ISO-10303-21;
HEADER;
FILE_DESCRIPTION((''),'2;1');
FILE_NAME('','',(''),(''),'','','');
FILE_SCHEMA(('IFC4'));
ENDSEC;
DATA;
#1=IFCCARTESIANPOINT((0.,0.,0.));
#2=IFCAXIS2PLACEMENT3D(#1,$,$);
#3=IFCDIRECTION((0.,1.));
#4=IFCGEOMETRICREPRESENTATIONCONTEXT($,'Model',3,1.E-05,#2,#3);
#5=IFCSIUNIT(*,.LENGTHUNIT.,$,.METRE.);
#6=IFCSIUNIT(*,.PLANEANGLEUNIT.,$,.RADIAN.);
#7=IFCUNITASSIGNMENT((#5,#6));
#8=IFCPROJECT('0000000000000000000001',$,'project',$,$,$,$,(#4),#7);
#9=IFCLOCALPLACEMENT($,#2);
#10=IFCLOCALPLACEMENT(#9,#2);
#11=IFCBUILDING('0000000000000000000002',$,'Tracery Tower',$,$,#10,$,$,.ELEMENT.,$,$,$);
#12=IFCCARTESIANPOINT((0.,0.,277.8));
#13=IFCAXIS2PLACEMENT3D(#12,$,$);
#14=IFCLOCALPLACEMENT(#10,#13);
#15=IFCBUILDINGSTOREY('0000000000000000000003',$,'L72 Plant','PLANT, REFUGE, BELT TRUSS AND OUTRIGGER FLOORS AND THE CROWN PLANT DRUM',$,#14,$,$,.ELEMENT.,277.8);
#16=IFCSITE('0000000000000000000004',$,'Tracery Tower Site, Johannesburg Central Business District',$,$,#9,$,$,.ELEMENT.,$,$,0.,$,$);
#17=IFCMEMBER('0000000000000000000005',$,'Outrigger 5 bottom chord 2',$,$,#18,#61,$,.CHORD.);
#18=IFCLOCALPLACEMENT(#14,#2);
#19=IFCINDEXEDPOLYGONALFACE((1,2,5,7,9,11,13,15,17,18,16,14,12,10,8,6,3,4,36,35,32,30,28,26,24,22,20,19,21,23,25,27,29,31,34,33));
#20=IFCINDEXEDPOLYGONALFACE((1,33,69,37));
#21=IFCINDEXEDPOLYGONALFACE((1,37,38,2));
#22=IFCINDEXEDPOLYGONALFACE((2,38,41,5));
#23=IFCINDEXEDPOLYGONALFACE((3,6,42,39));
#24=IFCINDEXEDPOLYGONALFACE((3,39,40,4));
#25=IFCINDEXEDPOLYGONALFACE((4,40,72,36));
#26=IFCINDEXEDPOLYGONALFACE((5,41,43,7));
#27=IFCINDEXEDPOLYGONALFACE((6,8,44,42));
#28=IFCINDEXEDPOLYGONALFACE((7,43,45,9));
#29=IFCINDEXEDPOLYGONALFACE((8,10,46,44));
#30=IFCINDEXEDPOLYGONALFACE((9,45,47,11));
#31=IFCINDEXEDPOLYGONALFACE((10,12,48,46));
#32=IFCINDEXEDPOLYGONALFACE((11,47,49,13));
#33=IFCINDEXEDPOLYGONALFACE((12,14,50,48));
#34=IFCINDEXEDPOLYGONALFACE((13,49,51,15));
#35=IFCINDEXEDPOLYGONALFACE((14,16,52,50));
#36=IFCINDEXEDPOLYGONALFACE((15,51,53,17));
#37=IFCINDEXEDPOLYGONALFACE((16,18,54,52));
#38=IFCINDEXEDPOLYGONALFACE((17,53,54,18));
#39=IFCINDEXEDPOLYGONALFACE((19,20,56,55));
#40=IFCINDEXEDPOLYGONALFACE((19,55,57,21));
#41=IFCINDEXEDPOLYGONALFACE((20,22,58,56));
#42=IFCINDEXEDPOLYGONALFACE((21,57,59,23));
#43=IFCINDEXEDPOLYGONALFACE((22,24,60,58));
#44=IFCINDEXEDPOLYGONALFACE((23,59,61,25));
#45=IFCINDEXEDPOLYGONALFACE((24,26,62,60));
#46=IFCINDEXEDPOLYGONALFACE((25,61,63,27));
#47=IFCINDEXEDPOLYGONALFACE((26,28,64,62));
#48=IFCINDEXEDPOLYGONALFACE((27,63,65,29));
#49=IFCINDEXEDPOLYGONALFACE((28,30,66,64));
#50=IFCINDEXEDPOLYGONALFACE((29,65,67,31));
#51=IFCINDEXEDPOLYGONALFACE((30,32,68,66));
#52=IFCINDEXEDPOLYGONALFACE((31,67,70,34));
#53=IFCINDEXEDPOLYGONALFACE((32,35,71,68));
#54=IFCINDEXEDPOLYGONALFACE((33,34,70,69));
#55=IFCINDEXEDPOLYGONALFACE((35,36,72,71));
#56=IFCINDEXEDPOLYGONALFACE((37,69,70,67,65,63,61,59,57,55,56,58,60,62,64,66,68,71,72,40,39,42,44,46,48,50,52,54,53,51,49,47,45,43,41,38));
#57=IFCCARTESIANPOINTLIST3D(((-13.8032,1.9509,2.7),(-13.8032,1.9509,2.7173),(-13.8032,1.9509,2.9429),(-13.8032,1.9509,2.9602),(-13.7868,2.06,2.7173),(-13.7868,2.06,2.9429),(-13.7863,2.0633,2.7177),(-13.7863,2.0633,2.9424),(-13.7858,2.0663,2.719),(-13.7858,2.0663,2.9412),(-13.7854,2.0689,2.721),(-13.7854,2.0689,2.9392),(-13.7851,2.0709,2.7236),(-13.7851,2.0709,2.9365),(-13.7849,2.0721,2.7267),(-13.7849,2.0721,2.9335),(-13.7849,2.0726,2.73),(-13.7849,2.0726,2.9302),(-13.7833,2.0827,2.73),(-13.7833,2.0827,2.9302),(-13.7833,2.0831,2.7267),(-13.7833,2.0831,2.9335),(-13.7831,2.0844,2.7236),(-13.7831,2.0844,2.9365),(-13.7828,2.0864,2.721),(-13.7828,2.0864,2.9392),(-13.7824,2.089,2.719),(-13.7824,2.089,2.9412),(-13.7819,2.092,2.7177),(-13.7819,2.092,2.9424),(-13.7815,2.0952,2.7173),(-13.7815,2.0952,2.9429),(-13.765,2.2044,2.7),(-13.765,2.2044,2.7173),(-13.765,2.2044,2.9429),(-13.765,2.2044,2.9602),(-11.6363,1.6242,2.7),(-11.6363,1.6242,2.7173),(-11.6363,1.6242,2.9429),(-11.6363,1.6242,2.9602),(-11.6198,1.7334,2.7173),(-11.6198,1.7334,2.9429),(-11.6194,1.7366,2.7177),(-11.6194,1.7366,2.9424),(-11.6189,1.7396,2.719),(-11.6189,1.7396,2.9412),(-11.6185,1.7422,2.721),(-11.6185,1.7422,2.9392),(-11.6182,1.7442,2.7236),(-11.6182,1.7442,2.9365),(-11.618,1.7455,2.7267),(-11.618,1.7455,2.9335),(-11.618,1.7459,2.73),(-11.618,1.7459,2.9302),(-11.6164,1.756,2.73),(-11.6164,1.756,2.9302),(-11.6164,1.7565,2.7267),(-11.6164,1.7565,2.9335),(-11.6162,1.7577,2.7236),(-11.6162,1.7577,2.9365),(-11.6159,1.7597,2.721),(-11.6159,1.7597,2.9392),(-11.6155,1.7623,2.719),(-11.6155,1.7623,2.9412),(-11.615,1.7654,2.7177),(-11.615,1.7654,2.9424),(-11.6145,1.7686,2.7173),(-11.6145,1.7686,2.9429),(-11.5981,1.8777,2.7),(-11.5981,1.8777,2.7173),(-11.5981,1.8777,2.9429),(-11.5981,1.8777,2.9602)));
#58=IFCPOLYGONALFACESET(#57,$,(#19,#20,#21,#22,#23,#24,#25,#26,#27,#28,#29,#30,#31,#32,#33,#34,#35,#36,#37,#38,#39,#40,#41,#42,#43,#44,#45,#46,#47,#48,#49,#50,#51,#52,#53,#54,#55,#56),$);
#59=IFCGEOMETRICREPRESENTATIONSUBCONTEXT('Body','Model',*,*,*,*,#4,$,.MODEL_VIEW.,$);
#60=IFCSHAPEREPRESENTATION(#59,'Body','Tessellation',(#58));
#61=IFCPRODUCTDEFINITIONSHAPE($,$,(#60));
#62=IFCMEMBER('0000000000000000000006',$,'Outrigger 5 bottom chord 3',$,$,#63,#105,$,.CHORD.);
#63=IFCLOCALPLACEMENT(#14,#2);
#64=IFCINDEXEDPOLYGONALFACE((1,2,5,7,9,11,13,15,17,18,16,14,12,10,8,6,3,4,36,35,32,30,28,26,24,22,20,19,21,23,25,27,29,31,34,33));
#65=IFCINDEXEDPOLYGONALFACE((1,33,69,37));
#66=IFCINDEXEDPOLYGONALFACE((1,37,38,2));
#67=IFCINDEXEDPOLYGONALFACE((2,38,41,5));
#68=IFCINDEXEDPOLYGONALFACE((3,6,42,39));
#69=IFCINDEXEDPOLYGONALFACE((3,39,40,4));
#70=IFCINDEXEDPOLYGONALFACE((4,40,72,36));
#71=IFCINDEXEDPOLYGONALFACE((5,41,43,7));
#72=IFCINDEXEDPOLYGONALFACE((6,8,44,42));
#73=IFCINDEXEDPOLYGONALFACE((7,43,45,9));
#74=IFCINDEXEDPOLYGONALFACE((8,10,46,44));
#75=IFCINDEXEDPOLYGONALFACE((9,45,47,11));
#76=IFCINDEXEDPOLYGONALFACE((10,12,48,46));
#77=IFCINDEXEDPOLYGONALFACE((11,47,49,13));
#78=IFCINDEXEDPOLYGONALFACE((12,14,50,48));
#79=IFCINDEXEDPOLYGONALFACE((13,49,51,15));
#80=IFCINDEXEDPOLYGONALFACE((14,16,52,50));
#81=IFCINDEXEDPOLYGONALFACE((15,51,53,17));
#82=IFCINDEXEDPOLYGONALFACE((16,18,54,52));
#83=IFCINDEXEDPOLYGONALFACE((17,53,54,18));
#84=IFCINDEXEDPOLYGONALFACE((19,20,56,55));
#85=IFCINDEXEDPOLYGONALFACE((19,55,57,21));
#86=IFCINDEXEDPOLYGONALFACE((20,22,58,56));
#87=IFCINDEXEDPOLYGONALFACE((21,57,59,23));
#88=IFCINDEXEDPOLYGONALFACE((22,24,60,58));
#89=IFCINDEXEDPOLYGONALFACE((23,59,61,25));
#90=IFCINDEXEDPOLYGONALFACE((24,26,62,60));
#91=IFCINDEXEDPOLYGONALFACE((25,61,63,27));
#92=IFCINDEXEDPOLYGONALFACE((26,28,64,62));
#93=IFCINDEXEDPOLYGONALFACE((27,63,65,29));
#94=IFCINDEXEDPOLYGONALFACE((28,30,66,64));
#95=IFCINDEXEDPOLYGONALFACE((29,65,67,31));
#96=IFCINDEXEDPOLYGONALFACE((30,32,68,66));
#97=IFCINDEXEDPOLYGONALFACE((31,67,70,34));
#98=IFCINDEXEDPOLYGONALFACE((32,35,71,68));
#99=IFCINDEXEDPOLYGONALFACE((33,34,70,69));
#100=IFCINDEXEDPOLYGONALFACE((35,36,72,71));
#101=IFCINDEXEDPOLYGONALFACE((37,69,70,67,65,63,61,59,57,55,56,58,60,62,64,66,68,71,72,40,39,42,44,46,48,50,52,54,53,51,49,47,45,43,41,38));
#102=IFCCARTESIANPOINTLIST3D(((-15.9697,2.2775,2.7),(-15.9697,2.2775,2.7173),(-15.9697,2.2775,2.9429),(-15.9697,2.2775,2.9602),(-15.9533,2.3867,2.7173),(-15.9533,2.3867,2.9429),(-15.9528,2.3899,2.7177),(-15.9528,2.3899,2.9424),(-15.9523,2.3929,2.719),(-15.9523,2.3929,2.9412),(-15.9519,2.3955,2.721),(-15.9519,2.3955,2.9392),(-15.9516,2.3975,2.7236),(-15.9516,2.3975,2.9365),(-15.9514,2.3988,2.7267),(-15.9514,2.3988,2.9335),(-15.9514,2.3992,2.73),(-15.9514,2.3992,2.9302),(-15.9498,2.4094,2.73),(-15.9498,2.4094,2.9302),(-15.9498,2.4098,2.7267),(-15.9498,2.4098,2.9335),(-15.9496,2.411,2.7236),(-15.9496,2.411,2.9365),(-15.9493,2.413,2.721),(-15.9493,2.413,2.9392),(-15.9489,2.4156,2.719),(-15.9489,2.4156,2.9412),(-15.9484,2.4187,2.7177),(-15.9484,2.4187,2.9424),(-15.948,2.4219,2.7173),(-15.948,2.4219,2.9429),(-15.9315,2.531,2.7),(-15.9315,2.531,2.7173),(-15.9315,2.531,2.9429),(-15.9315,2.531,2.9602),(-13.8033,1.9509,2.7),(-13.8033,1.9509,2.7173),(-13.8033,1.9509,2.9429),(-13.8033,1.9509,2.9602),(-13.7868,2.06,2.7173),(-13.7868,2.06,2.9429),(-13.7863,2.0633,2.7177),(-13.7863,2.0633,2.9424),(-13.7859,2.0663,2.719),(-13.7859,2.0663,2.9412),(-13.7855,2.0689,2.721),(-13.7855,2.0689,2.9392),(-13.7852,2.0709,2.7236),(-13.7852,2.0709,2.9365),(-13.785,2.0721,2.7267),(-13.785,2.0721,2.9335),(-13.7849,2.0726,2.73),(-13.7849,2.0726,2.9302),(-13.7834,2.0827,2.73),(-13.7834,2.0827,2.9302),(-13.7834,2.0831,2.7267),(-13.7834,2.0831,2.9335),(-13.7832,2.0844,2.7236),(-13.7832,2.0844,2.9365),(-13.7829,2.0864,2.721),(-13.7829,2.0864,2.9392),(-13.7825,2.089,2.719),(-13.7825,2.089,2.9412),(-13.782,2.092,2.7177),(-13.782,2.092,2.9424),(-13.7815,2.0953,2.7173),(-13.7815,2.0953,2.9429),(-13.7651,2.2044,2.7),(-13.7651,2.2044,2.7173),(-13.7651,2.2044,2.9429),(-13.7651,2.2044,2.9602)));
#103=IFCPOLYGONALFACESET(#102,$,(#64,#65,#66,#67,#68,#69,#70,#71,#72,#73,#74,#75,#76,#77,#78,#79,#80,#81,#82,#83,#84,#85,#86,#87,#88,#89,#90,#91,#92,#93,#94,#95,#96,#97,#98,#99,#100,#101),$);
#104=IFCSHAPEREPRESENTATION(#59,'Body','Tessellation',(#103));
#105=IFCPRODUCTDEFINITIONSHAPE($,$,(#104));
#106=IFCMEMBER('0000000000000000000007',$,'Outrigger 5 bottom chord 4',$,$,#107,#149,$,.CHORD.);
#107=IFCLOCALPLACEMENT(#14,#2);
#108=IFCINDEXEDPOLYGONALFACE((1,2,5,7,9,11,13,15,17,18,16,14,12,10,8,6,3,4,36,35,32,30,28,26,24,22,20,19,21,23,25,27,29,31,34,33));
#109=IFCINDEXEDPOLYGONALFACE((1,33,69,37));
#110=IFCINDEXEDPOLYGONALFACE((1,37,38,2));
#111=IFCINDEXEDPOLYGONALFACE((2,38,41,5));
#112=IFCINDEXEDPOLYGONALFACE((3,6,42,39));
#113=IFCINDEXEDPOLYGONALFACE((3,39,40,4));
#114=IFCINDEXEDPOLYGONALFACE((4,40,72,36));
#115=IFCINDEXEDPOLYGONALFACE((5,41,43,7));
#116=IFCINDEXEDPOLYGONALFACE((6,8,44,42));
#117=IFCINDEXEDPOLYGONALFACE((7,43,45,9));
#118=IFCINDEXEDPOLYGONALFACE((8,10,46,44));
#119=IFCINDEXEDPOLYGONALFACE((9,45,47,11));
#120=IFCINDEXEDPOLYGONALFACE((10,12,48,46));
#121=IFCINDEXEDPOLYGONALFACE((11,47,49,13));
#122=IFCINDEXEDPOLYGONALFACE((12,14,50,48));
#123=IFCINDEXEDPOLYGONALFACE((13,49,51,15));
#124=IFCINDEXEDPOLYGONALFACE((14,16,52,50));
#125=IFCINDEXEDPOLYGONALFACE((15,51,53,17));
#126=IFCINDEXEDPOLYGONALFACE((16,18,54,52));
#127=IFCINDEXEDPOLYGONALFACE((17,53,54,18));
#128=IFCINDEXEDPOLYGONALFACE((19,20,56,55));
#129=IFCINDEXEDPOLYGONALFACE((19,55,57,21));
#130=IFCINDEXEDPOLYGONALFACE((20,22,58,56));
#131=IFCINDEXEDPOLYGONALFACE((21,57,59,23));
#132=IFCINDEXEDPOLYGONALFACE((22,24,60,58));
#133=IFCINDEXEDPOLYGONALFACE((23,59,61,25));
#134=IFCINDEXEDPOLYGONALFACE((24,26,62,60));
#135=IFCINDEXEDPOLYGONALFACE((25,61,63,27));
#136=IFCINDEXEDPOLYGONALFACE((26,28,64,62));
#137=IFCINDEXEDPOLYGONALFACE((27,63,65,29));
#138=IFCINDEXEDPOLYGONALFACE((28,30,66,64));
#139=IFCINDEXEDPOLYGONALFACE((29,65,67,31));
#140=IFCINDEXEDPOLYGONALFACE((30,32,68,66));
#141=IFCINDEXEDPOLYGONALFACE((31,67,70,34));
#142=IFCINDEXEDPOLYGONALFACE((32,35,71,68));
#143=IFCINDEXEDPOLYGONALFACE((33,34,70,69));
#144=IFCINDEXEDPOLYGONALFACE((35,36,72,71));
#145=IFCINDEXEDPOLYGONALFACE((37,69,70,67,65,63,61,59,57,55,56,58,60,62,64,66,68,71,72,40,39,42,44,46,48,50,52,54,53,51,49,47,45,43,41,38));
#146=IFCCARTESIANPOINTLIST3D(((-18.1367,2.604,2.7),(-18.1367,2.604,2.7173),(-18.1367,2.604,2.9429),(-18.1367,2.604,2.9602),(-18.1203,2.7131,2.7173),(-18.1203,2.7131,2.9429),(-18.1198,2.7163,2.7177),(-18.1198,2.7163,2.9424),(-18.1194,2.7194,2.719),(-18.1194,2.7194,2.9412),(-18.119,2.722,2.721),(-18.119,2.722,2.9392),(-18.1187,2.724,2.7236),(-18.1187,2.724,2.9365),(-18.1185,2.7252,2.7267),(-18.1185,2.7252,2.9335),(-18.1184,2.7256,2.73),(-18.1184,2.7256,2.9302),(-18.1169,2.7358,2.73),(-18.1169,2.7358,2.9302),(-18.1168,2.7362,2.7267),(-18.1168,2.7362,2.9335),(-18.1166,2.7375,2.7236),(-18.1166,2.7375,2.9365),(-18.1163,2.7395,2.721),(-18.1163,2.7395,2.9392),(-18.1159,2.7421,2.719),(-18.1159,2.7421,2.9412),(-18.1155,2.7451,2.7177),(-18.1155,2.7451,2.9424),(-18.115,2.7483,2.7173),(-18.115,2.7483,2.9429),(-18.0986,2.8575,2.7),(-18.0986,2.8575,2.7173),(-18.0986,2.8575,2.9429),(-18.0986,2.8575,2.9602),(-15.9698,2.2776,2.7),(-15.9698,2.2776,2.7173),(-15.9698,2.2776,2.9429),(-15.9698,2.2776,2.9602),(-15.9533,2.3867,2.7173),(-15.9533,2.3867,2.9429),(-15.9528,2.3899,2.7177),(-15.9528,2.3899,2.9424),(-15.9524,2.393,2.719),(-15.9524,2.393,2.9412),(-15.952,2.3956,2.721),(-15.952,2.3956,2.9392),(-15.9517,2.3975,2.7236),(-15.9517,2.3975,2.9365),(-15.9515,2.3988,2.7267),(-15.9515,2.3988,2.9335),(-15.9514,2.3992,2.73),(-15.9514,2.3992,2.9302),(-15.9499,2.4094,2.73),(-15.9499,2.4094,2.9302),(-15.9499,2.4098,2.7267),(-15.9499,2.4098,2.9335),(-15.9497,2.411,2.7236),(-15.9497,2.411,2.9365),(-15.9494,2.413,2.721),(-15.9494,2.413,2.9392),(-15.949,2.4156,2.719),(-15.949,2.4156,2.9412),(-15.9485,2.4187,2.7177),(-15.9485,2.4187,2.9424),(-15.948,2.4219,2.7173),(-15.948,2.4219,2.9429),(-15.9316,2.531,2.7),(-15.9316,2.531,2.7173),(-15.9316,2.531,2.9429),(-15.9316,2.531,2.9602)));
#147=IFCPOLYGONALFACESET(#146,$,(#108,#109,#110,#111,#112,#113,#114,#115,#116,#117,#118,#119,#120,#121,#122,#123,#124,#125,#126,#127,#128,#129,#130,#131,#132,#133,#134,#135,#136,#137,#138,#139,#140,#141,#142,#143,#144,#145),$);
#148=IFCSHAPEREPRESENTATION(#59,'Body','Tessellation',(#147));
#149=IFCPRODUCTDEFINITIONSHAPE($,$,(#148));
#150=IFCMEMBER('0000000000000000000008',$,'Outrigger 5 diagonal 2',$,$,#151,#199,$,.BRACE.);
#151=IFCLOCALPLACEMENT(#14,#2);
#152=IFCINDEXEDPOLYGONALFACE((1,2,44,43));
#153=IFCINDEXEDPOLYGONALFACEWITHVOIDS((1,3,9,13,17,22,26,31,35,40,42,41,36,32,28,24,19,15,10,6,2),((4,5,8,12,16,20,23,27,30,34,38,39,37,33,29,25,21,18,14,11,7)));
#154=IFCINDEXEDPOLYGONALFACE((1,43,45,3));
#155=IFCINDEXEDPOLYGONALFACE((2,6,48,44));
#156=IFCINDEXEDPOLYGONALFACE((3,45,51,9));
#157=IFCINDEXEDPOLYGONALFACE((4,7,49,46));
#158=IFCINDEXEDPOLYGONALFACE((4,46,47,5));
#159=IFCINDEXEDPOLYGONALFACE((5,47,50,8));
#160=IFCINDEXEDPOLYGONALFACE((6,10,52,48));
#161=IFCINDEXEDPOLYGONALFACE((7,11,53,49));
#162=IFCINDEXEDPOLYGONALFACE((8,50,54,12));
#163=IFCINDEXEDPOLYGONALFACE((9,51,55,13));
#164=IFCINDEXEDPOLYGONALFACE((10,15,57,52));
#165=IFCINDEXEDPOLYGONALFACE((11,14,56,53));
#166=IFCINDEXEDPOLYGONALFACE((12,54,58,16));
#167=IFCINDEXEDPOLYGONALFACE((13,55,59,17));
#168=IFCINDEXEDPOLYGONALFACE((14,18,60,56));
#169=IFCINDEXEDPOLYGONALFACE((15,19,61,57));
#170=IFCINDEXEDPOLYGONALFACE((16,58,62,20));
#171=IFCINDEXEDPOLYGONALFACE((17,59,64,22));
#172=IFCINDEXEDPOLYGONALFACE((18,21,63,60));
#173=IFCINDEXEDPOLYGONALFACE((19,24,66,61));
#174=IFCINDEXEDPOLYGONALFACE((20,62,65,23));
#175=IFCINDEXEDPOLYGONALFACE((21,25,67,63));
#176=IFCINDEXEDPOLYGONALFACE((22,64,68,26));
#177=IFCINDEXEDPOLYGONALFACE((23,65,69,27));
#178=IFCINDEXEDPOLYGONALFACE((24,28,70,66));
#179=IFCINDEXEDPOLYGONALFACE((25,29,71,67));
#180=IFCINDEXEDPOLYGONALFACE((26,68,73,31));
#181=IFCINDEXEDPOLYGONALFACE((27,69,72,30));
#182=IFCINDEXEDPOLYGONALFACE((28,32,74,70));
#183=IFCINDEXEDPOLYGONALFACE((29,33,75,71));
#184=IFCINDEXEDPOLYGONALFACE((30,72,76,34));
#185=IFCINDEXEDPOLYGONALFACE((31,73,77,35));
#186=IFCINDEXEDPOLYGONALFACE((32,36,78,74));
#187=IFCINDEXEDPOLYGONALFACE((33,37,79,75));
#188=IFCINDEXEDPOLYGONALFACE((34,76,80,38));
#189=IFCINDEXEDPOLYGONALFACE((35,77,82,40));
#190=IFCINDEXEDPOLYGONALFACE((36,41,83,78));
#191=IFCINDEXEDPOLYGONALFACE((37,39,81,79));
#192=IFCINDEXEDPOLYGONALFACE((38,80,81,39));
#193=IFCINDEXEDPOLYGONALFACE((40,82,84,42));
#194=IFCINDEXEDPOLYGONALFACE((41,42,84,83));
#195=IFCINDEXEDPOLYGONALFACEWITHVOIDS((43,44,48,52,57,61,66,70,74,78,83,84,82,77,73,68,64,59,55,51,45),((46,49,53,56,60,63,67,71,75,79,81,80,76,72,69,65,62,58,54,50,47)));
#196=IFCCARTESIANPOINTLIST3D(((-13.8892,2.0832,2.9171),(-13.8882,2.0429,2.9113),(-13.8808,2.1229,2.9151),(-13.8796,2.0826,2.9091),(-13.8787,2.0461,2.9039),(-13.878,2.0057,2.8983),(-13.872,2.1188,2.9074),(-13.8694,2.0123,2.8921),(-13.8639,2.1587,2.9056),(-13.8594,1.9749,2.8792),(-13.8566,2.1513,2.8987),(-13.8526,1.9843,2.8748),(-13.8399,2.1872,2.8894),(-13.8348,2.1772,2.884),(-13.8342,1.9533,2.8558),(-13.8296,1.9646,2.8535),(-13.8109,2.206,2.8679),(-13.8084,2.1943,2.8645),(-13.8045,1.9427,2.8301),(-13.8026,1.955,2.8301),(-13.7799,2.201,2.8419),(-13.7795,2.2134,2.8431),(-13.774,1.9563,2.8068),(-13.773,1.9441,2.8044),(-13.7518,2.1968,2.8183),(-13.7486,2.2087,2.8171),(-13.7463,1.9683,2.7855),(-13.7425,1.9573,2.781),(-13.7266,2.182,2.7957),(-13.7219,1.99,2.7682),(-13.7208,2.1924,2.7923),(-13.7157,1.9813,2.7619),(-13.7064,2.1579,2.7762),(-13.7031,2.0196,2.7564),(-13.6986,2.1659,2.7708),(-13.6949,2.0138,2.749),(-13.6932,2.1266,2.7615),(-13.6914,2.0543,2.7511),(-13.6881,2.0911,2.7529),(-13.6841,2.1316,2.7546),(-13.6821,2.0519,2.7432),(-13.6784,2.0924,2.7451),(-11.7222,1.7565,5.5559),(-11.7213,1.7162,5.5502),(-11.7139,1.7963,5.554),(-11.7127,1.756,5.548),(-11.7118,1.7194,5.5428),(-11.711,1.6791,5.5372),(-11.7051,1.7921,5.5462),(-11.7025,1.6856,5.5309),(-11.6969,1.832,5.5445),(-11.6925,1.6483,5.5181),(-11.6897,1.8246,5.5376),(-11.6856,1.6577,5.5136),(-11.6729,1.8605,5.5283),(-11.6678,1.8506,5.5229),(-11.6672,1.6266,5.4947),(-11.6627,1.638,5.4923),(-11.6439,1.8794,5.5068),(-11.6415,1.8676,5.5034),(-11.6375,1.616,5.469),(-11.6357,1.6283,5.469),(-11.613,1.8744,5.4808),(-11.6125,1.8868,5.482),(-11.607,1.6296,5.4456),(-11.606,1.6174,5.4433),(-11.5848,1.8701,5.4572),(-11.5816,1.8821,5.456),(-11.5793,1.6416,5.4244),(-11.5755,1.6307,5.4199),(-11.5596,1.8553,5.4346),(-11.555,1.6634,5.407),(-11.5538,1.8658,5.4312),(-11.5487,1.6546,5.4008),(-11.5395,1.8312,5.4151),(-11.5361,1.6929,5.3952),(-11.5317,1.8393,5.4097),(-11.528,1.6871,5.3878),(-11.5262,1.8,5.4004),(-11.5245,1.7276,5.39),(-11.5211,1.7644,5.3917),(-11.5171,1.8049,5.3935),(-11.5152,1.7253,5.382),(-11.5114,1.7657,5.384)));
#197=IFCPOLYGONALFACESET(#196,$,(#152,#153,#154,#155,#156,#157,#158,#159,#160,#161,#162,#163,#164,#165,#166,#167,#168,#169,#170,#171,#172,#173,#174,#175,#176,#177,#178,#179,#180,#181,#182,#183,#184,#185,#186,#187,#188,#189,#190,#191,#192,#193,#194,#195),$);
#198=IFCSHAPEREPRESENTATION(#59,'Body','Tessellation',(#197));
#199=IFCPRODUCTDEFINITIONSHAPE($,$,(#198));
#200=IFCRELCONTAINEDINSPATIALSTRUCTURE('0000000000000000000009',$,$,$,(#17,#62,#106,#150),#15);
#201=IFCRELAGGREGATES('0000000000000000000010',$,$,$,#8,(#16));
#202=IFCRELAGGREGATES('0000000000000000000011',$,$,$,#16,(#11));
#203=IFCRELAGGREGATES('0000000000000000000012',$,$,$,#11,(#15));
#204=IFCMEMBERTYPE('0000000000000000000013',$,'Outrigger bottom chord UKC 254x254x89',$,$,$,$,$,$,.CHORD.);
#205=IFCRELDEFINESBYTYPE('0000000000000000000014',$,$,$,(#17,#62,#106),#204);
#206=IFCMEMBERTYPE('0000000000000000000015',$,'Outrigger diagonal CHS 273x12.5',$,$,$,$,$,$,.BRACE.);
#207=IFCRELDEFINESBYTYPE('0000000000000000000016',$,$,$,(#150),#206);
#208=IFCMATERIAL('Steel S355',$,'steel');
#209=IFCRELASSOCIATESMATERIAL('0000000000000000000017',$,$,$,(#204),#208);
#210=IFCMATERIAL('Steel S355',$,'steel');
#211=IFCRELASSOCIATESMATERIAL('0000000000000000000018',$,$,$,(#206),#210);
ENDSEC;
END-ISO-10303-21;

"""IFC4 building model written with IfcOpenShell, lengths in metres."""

from ifc_helpers import new_model, si_unit, direction, frame, origin, origin_2d, place, context, subcontext, project, spatial, hollow_circle, i_section, extrude, material, material_profile, profile_set, type_object, element, save


model = new_model("IFC4")

# Units and contexts
model_context = context("Model", 3, precision=1e-05, world=origin(), true_north=direction((0.0, 1.0)))
body_context = subcontext(model_context, "Body", "Model", "MODEL_VIEW")
ifc_project = project(units=[si_unit("LENGTHUNIT", "METRE"), si_unit("PLANEANGLEUNIT", "RADIAN")], contexts=[model_context])

# Site, building, storey
site_placement = place(None, origin())
site = spatial("IfcSite", under=ifc_project, at=site_placement, Name="Tracery Tower Site, Johannesburg Central Business District", CompositionType="ELEMENT", RefElevation=0.0)
building_placement = place(site_placement, origin())
building = spatial("IfcBuilding", under=site, at=building_placement, Name="Tracery Tower", CompositionType="ELEMENT")
storey_placement = place(building_placement, frame((0.0, 0.0, 277.8)))
storey = spatial("IfcBuildingStorey", under=building, at=storey_placement, Name="L72 Plant", Description="PLANT, REFUGE, BELT TRUSS AND OUTRIGGER FLOORS AND THE CROWN PLANT DRUM", CompositionType="ELEMENT", Elevation=277.8)

# Members
ifc_material_1 = material(Name="Steel S355", Category="steel")
ifc_material_profile_1 = material_profile(ifc_material_1, i_section(OverallWidth=0.2563, OverallDepth=0.2603, WebThickness=0.0103, FlangeThickness=0.0173, FilletRadius=0.0127, at=origin_2d()), Name="UKC 254x254x89")
ifc_profile_set_1 = profile_set([ifc_material_profile_1], Name="Steel S355")
member_type_1 = type_object("IfcMemberType", Name="Outrigger bottom chord UKC 254x254x89", PredefinedType="CHORD", material=ifc_profile_set_1)
member_1_placement = place(storey_placement, frame((-11.6172, 1.751, 2.8301), z_axis=(-0.988828, 0.14906, 0.0), x_axis=(-0.14906, -0.988828, 0.0)))
element("IfcMember", 1, at=member_1_placement, inside=storey, type_object=member_type_1, Name="Outrigger 5 bottom chord 2", PredefinedType="CHORD", context=body_context, shape_type="SweptSolid", body=[
    extrude(i_section(OverallWidth=0.2563, OverallDepth=0.2603, WebThickness=0.0103, FlangeThickness=0.0173, FilletRadius=0.0127, at=origin_2d()), origin(), (0.0, 0.0, 1.0), 2.1914),
])
member_2_placement = place(storey_placement, frame((-13.7842, 2.0776, 2.8301), z_axis=(-0.988823, 0.149092, 0.0), x_axis=(-0.149092, -0.988823, 0.0)))
element("IfcMember", 2, at=member_2_placement, inside=storey, type_object=member_type_1, Name="Outrigger 5 bottom chord 3", PredefinedType="CHORD", context=body_context, shape_type="SweptSolid", body=[
    extrude(i_section(OverallWidth=0.2563, OverallDepth=0.2603, WebThickness=0.0103, FlangeThickness=0.0173, FilletRadius=0.0127, at=origin_2d()), origin(), (0.0, 0.0, 1.0), 2.1909),
])
member_3_placement = place(storey_placement, frame((-15.9507, 2.4043, 2.8301), z_axis=(-0.988845, 0.148951, 0.0), x_axis=(-0.148951, -0.988845, 0.0)))
element("IfcMember", 3, at=member_3_placement, inside=storey, type_object=member_type_1, Name="Outrigger 5 bottom chord 4", PredefinedType="CHORD", context=body_context, shape_type="SweptSolid", body=[
    extrude(i_section(OverallWidth=0.2563, OverallDepth=0.2603, WebThickness=0.0103, FlangeThickness=0.0173, FilletRadius=0.0127, at=origin_2d()), origin(), (0.0, 0.0, 1.0), 2.1914),
])
ifc_material_2 = material(Name="Steel S355", Category="steel")
ifc_material_profile_2 = material_profile(ifc_material_2, hollow_circle(Radius=0.1365, WallThickness=0.0125, at=origin_2d()), Name="CHS 273x12.5")
ifc_profile_set_2 = profile_set([ifc_material_profile_2], Name="Steel S355")
member_type_2 = type_object("IfcMemberType", Name="Outrigger diagonal CHS 273x12.5", PredefinedType="BRACE", material=ifc_profile_set_2)
member_4_placement = place(storey_placement, frame((-11.6172, 1.751, 5.469), z_axis=(-0.631735, 0.09523, -0.769313), x_axis=(-0.14906, -0.988828, 0.0)))
element("IfcMember", 4, at=member_4_placement, inside=storey, type_object=member_type_2, Name="Outrigger 5 diagonal 2", PredefinedType="BRACE", context=body_context, shape_type="SweptSolid", body=[
    extrude(hollow_circle(Radius=0.1365, WallThickness=0.0125, at=origin_2d()), origin(), (0.0, 0.0, 1.0), 3.4302),
])

save(model, "model.ifc")
